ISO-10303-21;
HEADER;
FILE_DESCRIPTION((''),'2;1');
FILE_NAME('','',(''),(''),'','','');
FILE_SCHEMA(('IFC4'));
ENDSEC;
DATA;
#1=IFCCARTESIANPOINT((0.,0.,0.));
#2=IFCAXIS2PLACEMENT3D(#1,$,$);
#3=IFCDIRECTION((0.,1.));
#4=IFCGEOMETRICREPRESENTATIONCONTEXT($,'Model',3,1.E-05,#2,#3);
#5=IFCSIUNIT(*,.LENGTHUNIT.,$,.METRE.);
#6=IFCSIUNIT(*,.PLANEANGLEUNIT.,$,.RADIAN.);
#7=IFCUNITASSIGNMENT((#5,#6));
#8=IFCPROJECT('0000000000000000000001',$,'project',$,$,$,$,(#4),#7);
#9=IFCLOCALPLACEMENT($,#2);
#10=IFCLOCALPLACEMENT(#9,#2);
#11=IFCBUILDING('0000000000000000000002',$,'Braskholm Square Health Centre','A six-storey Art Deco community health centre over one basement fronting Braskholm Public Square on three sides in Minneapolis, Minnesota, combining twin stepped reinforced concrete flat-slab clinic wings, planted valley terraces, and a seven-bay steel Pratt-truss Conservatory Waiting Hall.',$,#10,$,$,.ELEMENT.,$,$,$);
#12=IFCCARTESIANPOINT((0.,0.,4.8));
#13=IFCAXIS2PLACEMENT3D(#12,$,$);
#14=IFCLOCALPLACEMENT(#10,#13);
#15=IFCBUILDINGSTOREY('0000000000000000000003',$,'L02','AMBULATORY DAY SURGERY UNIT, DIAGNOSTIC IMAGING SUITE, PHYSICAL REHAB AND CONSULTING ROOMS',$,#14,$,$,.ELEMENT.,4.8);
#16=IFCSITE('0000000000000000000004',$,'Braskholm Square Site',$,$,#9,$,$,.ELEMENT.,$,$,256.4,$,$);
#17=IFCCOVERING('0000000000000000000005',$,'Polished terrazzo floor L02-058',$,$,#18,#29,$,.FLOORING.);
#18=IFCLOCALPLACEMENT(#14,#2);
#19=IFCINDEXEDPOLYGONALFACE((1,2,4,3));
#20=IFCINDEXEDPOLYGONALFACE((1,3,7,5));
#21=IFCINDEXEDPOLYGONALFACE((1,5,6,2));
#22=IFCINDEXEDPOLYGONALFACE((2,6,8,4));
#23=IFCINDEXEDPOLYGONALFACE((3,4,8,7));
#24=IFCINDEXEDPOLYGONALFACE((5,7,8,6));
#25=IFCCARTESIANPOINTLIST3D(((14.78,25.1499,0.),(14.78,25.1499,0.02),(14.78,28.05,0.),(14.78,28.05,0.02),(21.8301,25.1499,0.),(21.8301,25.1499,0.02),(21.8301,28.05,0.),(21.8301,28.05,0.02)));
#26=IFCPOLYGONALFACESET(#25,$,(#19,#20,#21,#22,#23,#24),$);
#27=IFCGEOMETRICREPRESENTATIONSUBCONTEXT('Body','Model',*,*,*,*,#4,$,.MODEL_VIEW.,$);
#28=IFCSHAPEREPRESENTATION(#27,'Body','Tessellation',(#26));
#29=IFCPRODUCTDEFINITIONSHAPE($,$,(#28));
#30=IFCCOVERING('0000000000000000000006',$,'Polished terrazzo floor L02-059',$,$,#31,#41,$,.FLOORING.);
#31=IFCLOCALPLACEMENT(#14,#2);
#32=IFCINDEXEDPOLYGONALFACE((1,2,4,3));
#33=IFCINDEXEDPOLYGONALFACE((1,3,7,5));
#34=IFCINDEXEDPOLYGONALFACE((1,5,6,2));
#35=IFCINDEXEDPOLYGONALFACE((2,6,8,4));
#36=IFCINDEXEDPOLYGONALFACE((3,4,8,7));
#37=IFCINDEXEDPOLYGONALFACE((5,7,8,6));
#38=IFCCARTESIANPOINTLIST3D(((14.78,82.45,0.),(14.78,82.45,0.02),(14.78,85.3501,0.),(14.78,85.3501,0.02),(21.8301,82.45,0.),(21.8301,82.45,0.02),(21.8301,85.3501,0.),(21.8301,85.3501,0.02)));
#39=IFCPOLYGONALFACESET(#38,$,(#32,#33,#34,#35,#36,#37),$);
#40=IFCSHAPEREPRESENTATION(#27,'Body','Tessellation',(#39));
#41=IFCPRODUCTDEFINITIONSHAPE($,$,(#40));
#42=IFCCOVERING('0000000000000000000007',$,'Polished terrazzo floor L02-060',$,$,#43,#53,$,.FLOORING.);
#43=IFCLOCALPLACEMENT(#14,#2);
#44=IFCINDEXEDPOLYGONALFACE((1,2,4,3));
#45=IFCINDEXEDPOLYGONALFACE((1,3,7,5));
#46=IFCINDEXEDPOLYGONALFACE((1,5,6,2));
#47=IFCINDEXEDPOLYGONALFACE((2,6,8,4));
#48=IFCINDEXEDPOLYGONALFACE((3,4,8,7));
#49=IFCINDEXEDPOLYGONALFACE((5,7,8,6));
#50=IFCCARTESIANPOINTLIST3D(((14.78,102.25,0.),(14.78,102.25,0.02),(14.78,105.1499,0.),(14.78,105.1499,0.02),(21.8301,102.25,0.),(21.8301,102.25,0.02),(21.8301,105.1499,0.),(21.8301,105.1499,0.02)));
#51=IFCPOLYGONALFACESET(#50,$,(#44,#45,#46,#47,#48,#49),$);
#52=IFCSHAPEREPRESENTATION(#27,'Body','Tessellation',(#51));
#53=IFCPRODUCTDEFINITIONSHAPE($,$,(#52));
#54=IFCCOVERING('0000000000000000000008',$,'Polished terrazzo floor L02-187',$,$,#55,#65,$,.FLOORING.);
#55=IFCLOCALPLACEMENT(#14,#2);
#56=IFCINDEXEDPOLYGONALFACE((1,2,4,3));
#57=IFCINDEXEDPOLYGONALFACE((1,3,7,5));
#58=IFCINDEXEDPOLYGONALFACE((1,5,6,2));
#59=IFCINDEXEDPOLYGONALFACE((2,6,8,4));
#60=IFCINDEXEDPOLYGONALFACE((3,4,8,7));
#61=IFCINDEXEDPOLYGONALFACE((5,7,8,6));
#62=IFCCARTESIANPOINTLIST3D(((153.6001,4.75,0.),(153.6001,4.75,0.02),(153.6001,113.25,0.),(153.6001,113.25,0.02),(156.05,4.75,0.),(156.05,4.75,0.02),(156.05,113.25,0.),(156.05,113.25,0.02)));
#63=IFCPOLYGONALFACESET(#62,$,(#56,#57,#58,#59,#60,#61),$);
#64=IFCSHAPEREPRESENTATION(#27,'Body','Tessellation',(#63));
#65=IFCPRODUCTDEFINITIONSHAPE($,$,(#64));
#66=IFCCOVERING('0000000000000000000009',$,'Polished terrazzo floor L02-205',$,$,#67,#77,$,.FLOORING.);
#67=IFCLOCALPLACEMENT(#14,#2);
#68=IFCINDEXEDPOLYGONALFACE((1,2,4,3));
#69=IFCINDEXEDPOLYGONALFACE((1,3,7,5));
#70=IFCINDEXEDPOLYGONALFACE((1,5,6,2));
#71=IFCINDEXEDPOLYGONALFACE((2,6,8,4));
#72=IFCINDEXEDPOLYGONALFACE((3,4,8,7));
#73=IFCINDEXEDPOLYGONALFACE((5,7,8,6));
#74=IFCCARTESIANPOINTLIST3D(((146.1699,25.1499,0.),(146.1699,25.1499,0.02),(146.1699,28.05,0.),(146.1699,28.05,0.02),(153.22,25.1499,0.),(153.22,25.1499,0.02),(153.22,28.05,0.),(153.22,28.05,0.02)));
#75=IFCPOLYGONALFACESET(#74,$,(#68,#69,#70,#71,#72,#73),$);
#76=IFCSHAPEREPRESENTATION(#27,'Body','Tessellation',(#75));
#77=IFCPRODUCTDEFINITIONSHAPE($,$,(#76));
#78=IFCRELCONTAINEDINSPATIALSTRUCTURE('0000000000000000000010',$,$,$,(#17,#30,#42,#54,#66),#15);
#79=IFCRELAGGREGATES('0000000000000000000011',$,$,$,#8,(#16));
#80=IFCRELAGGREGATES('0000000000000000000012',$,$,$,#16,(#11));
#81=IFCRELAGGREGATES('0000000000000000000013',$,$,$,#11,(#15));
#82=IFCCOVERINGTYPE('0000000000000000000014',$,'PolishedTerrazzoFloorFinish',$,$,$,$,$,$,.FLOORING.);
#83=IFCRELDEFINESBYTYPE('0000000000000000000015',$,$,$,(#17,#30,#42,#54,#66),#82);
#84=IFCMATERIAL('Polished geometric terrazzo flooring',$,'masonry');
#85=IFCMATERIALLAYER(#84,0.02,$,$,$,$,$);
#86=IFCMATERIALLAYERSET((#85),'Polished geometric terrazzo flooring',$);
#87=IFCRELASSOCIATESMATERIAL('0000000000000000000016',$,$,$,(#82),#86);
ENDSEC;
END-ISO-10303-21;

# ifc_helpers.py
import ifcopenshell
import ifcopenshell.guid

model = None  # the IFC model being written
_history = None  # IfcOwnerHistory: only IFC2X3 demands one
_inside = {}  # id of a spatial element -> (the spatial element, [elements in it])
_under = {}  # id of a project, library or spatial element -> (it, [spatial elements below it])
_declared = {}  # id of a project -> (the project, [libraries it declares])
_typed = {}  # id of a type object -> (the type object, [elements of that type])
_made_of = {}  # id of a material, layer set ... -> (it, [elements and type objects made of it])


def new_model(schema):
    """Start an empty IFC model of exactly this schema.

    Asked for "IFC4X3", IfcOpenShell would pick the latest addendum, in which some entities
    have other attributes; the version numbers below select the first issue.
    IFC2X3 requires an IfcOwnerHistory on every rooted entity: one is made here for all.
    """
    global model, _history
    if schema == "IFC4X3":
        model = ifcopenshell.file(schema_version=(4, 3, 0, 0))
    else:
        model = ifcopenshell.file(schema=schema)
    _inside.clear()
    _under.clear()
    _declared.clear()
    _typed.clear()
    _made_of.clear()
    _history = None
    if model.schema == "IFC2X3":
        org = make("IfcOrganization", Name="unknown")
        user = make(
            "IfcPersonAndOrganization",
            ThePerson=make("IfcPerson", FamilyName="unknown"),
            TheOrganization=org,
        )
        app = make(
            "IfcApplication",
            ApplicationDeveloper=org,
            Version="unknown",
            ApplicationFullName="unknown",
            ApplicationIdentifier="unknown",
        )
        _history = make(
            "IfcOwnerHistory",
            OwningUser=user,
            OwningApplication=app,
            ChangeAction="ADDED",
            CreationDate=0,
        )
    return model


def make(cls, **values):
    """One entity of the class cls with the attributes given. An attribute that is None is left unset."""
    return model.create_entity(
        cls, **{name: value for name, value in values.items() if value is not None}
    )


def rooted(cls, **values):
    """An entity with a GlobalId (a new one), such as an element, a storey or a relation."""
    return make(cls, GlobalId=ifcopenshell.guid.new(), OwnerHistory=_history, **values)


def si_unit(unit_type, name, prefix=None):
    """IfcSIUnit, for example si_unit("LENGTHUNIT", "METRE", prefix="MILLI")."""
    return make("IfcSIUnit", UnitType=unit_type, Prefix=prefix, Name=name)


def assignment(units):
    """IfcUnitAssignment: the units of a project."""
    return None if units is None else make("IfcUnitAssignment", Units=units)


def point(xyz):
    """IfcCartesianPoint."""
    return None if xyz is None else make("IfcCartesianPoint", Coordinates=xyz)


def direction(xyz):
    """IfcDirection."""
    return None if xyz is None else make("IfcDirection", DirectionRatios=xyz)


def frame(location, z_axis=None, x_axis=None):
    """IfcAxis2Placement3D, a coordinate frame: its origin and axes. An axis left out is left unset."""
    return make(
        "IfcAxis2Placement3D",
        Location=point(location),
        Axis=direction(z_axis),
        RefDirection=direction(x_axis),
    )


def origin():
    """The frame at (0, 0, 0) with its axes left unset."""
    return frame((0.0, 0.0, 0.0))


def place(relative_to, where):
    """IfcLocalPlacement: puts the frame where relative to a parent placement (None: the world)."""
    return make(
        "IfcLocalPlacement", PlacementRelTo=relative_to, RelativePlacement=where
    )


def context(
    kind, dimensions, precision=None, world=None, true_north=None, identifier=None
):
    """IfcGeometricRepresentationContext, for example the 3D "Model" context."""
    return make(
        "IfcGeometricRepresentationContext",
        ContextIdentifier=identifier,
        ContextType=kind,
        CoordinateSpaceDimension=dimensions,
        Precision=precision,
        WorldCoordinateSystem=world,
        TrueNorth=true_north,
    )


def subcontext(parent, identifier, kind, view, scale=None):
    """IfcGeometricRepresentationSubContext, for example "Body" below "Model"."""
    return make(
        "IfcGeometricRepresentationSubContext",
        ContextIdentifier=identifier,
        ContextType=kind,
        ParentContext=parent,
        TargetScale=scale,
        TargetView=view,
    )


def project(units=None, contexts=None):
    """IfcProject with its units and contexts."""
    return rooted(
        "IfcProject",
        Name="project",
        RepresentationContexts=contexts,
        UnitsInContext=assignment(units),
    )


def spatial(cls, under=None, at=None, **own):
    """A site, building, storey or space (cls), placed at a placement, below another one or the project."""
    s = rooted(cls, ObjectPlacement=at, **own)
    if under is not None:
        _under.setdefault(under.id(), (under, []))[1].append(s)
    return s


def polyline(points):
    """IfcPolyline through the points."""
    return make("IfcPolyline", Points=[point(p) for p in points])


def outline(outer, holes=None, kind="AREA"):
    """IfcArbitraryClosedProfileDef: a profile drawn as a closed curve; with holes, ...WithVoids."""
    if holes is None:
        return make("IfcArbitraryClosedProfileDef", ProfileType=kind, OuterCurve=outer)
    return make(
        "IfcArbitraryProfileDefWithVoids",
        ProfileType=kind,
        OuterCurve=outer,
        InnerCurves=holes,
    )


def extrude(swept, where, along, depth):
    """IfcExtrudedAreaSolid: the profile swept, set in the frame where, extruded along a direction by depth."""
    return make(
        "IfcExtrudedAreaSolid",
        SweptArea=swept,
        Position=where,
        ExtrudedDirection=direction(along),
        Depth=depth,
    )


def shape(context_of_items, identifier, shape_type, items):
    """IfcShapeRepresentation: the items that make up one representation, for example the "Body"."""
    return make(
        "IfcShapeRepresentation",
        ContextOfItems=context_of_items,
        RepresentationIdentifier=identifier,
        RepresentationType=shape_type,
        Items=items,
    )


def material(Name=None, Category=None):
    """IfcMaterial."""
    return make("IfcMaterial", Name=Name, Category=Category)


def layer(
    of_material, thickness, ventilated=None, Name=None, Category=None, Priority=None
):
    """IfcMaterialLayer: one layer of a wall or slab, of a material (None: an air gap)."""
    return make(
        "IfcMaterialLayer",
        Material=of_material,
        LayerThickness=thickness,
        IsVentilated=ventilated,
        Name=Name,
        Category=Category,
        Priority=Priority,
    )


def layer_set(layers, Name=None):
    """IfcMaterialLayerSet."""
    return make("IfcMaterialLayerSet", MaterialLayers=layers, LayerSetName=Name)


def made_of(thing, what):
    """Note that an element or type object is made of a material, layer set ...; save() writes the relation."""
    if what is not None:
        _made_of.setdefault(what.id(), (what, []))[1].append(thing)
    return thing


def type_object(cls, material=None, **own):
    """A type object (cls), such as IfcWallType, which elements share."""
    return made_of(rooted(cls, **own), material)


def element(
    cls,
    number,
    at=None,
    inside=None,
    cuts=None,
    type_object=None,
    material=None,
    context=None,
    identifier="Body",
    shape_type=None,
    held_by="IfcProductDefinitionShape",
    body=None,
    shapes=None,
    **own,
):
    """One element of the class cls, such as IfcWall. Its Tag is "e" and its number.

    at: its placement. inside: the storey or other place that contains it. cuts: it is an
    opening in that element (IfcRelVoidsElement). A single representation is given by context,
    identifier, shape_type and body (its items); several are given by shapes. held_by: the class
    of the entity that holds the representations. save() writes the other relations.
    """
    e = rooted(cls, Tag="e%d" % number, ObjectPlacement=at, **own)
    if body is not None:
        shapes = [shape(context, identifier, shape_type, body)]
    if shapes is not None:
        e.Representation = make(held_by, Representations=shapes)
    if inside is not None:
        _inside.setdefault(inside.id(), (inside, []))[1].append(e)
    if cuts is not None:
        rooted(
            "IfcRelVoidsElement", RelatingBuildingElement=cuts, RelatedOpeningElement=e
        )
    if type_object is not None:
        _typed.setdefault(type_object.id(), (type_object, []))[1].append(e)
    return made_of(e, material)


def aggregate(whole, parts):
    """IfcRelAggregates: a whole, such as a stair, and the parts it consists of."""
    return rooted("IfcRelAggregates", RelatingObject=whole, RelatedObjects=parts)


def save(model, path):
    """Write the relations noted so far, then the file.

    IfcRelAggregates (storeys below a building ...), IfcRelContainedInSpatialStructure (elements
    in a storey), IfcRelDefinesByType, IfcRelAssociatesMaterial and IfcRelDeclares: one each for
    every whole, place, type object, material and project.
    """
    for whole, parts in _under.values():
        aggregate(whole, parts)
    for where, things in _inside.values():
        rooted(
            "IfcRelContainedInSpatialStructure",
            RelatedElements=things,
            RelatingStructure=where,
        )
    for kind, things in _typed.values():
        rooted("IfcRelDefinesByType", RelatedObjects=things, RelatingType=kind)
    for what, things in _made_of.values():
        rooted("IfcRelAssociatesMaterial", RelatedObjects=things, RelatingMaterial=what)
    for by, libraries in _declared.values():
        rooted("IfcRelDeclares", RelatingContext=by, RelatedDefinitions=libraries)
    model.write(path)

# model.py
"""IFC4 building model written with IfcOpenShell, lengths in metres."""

from ifc_helpers import new_model, si_unit, direction, frame, origin, place, context, subcontext, project, spatial, polyline, outline, extrude, material, layer, layer_set, type_object, element, save


model = new_model("IFC4")

# Units and contexts
model_context = context("Model", 3, precision=1e-05, world=origin(), true_north=direction((0.0, 1.0)))
body_context = subcontext(model_context, "Body", "Model", "MODEL_VIEW")
ifc_project = project(units=[si_unit("LENGTHUNIT", "METRE"), si_unit("PLANEANGLEUNIT", "RADIAN")], contexts=[model_context])

# Site, building, storey
site_placement = place(None, origin())
site = spatial("IfcSite", under=ifc_project, at=site_placement, Name="Braskholm Square Site", CompositionType="ELEMENT", RefElevation=256.4)
building_placement = place(site_placement, origin())
building = spatial("IfcBuilding", under=site, at=building_placement, Name="Braskholm Square Health Centre", Description="A six-storey Art Deco community health centre over one basement fronting Braskholm Public Square on three sides in Minneapolis, Minnesota, combining twin stepped reinforced concrete flat-slab clinic wings, planted valley terraces, and a seven-bay steel Pratt-truss Conservatory Waiting Hall.", CompositionType="ELEMENT")
storey_placement = place(building_placement, frame((0.0, 0.0, 4.8)))
storey = spatial("IfcBuildingStorey", under=building, at=storey_placement, Name="L02", Description="AMBULATORY DAY SURGERY UNIT, DIAGNOSTIC IMAGING SUITE, PHYSICAL REHAB AND CONSULTING ROOMS", CompositionType="ELEMENT", Elevation=4.8)

# Coverings
ifc_material_1 = material(Name="Polished geometric terrazzo flooring", Category="masonry")
ifc_layer_1 = layer(ifc_material_1, 0.02)
ifc_layer_set_1 = layer_set([ifc_layer_1], Name="Polished geometric terrazzo flooring")
covering_type_1 = type_object("IfcCoveringType", Name="PolishedTerrazzoFloorFinish", PredefinedType="FLOORING", material=ifc_layer_set_1)
covering_1_placement = place(storey_placement, origin())
element("IfcCovering", 1, at=covering_1_placement, inside=storey, type_object=covering_type_1, Name="Polished terrazzo floor L02-058", PredefinedType="FLOORING", context=body_context, shape_type="SweptSolid", body=[
    extrude(outline(polyline([(14.78, 25.1499), (21.8301, 25.1499), (21.8301, 28.05), (14.78, 28.05), (14.78, 25.1499)])), origin(), (0.0, 0.0, 1.0), 0.02),
])
covering_2_placement = place(storey_placement, origin())
element("IfcCovering", 2, at=covering_2_placement, inside=storey, type_object=covering_type_1, Name="Polished terrazzo floor L02-059", PredefinedType="FLOORING", context=body_context, shape_type="SweptSolid", body=[
    extrude(outline(polyline([(14.78, 82.45), (21.8301, 82.45), (21.8301, 85.3501), (14.78, 85.3501), (14.78, 82.45)])), origin(), (0.0, 0.0, 1.0), 0.02),
])
covering_3_placement = place(storey_placement, origin())
element("IfcCovering", 3, at=covering_3_placement, inside=storey, type_object=covering_type_1, Name="Polished terrazzo floor L02-060", PredefinedType="FLOORING", context=body_context, shape_type="SweptSolid", body=[
    extrude(outline(polyline([(14.78, 102.25), (21.8301, 102.25), (21.8301, 105.1499), (14.78, 105.1499), (14.78, 102.25)])), origin(), (0.0, 0.0, 1.0), 0.02),
])
covering_4_placement = place(storey_placement, origin())
element("IfcCovering", 4, at=covering_4_placement, inside=storey, type_object=covering_type_1, Name="Polished terrazzo floor L02-187", PredefinedType="FLOORING", context=body_context, shape_type="SweptSolid", body=[
    extrude(outline(polyline([(153.6001, 4.75), (156.05, 4.75), (156.05, 113.25), (153.6001, 113.25), (153.6001, 4.75)])), origin(), (0.0, 0.0, 1.0), 0.02),
])
covering_5_placement = place(storey_placement, origin())
element("IfcCovering", 5, at=covering_5_placement, inside=storey, type_object=covering_type_1, Name="Polished terrazzo floor L02-205", PredefinedType="FLOORING", context=body_context, shape_type="SweptSolid", body=[
    extrude(outline(polyline([(146.1699, 25.1499), (153.22, 25.1499), (153.22, 28.05), (146.1699, 28.05), (146.1699, 25.1499)])), origin(), (0.0, 0.0, 1.0), 0.02),
])

save(model, "model.ifc")
